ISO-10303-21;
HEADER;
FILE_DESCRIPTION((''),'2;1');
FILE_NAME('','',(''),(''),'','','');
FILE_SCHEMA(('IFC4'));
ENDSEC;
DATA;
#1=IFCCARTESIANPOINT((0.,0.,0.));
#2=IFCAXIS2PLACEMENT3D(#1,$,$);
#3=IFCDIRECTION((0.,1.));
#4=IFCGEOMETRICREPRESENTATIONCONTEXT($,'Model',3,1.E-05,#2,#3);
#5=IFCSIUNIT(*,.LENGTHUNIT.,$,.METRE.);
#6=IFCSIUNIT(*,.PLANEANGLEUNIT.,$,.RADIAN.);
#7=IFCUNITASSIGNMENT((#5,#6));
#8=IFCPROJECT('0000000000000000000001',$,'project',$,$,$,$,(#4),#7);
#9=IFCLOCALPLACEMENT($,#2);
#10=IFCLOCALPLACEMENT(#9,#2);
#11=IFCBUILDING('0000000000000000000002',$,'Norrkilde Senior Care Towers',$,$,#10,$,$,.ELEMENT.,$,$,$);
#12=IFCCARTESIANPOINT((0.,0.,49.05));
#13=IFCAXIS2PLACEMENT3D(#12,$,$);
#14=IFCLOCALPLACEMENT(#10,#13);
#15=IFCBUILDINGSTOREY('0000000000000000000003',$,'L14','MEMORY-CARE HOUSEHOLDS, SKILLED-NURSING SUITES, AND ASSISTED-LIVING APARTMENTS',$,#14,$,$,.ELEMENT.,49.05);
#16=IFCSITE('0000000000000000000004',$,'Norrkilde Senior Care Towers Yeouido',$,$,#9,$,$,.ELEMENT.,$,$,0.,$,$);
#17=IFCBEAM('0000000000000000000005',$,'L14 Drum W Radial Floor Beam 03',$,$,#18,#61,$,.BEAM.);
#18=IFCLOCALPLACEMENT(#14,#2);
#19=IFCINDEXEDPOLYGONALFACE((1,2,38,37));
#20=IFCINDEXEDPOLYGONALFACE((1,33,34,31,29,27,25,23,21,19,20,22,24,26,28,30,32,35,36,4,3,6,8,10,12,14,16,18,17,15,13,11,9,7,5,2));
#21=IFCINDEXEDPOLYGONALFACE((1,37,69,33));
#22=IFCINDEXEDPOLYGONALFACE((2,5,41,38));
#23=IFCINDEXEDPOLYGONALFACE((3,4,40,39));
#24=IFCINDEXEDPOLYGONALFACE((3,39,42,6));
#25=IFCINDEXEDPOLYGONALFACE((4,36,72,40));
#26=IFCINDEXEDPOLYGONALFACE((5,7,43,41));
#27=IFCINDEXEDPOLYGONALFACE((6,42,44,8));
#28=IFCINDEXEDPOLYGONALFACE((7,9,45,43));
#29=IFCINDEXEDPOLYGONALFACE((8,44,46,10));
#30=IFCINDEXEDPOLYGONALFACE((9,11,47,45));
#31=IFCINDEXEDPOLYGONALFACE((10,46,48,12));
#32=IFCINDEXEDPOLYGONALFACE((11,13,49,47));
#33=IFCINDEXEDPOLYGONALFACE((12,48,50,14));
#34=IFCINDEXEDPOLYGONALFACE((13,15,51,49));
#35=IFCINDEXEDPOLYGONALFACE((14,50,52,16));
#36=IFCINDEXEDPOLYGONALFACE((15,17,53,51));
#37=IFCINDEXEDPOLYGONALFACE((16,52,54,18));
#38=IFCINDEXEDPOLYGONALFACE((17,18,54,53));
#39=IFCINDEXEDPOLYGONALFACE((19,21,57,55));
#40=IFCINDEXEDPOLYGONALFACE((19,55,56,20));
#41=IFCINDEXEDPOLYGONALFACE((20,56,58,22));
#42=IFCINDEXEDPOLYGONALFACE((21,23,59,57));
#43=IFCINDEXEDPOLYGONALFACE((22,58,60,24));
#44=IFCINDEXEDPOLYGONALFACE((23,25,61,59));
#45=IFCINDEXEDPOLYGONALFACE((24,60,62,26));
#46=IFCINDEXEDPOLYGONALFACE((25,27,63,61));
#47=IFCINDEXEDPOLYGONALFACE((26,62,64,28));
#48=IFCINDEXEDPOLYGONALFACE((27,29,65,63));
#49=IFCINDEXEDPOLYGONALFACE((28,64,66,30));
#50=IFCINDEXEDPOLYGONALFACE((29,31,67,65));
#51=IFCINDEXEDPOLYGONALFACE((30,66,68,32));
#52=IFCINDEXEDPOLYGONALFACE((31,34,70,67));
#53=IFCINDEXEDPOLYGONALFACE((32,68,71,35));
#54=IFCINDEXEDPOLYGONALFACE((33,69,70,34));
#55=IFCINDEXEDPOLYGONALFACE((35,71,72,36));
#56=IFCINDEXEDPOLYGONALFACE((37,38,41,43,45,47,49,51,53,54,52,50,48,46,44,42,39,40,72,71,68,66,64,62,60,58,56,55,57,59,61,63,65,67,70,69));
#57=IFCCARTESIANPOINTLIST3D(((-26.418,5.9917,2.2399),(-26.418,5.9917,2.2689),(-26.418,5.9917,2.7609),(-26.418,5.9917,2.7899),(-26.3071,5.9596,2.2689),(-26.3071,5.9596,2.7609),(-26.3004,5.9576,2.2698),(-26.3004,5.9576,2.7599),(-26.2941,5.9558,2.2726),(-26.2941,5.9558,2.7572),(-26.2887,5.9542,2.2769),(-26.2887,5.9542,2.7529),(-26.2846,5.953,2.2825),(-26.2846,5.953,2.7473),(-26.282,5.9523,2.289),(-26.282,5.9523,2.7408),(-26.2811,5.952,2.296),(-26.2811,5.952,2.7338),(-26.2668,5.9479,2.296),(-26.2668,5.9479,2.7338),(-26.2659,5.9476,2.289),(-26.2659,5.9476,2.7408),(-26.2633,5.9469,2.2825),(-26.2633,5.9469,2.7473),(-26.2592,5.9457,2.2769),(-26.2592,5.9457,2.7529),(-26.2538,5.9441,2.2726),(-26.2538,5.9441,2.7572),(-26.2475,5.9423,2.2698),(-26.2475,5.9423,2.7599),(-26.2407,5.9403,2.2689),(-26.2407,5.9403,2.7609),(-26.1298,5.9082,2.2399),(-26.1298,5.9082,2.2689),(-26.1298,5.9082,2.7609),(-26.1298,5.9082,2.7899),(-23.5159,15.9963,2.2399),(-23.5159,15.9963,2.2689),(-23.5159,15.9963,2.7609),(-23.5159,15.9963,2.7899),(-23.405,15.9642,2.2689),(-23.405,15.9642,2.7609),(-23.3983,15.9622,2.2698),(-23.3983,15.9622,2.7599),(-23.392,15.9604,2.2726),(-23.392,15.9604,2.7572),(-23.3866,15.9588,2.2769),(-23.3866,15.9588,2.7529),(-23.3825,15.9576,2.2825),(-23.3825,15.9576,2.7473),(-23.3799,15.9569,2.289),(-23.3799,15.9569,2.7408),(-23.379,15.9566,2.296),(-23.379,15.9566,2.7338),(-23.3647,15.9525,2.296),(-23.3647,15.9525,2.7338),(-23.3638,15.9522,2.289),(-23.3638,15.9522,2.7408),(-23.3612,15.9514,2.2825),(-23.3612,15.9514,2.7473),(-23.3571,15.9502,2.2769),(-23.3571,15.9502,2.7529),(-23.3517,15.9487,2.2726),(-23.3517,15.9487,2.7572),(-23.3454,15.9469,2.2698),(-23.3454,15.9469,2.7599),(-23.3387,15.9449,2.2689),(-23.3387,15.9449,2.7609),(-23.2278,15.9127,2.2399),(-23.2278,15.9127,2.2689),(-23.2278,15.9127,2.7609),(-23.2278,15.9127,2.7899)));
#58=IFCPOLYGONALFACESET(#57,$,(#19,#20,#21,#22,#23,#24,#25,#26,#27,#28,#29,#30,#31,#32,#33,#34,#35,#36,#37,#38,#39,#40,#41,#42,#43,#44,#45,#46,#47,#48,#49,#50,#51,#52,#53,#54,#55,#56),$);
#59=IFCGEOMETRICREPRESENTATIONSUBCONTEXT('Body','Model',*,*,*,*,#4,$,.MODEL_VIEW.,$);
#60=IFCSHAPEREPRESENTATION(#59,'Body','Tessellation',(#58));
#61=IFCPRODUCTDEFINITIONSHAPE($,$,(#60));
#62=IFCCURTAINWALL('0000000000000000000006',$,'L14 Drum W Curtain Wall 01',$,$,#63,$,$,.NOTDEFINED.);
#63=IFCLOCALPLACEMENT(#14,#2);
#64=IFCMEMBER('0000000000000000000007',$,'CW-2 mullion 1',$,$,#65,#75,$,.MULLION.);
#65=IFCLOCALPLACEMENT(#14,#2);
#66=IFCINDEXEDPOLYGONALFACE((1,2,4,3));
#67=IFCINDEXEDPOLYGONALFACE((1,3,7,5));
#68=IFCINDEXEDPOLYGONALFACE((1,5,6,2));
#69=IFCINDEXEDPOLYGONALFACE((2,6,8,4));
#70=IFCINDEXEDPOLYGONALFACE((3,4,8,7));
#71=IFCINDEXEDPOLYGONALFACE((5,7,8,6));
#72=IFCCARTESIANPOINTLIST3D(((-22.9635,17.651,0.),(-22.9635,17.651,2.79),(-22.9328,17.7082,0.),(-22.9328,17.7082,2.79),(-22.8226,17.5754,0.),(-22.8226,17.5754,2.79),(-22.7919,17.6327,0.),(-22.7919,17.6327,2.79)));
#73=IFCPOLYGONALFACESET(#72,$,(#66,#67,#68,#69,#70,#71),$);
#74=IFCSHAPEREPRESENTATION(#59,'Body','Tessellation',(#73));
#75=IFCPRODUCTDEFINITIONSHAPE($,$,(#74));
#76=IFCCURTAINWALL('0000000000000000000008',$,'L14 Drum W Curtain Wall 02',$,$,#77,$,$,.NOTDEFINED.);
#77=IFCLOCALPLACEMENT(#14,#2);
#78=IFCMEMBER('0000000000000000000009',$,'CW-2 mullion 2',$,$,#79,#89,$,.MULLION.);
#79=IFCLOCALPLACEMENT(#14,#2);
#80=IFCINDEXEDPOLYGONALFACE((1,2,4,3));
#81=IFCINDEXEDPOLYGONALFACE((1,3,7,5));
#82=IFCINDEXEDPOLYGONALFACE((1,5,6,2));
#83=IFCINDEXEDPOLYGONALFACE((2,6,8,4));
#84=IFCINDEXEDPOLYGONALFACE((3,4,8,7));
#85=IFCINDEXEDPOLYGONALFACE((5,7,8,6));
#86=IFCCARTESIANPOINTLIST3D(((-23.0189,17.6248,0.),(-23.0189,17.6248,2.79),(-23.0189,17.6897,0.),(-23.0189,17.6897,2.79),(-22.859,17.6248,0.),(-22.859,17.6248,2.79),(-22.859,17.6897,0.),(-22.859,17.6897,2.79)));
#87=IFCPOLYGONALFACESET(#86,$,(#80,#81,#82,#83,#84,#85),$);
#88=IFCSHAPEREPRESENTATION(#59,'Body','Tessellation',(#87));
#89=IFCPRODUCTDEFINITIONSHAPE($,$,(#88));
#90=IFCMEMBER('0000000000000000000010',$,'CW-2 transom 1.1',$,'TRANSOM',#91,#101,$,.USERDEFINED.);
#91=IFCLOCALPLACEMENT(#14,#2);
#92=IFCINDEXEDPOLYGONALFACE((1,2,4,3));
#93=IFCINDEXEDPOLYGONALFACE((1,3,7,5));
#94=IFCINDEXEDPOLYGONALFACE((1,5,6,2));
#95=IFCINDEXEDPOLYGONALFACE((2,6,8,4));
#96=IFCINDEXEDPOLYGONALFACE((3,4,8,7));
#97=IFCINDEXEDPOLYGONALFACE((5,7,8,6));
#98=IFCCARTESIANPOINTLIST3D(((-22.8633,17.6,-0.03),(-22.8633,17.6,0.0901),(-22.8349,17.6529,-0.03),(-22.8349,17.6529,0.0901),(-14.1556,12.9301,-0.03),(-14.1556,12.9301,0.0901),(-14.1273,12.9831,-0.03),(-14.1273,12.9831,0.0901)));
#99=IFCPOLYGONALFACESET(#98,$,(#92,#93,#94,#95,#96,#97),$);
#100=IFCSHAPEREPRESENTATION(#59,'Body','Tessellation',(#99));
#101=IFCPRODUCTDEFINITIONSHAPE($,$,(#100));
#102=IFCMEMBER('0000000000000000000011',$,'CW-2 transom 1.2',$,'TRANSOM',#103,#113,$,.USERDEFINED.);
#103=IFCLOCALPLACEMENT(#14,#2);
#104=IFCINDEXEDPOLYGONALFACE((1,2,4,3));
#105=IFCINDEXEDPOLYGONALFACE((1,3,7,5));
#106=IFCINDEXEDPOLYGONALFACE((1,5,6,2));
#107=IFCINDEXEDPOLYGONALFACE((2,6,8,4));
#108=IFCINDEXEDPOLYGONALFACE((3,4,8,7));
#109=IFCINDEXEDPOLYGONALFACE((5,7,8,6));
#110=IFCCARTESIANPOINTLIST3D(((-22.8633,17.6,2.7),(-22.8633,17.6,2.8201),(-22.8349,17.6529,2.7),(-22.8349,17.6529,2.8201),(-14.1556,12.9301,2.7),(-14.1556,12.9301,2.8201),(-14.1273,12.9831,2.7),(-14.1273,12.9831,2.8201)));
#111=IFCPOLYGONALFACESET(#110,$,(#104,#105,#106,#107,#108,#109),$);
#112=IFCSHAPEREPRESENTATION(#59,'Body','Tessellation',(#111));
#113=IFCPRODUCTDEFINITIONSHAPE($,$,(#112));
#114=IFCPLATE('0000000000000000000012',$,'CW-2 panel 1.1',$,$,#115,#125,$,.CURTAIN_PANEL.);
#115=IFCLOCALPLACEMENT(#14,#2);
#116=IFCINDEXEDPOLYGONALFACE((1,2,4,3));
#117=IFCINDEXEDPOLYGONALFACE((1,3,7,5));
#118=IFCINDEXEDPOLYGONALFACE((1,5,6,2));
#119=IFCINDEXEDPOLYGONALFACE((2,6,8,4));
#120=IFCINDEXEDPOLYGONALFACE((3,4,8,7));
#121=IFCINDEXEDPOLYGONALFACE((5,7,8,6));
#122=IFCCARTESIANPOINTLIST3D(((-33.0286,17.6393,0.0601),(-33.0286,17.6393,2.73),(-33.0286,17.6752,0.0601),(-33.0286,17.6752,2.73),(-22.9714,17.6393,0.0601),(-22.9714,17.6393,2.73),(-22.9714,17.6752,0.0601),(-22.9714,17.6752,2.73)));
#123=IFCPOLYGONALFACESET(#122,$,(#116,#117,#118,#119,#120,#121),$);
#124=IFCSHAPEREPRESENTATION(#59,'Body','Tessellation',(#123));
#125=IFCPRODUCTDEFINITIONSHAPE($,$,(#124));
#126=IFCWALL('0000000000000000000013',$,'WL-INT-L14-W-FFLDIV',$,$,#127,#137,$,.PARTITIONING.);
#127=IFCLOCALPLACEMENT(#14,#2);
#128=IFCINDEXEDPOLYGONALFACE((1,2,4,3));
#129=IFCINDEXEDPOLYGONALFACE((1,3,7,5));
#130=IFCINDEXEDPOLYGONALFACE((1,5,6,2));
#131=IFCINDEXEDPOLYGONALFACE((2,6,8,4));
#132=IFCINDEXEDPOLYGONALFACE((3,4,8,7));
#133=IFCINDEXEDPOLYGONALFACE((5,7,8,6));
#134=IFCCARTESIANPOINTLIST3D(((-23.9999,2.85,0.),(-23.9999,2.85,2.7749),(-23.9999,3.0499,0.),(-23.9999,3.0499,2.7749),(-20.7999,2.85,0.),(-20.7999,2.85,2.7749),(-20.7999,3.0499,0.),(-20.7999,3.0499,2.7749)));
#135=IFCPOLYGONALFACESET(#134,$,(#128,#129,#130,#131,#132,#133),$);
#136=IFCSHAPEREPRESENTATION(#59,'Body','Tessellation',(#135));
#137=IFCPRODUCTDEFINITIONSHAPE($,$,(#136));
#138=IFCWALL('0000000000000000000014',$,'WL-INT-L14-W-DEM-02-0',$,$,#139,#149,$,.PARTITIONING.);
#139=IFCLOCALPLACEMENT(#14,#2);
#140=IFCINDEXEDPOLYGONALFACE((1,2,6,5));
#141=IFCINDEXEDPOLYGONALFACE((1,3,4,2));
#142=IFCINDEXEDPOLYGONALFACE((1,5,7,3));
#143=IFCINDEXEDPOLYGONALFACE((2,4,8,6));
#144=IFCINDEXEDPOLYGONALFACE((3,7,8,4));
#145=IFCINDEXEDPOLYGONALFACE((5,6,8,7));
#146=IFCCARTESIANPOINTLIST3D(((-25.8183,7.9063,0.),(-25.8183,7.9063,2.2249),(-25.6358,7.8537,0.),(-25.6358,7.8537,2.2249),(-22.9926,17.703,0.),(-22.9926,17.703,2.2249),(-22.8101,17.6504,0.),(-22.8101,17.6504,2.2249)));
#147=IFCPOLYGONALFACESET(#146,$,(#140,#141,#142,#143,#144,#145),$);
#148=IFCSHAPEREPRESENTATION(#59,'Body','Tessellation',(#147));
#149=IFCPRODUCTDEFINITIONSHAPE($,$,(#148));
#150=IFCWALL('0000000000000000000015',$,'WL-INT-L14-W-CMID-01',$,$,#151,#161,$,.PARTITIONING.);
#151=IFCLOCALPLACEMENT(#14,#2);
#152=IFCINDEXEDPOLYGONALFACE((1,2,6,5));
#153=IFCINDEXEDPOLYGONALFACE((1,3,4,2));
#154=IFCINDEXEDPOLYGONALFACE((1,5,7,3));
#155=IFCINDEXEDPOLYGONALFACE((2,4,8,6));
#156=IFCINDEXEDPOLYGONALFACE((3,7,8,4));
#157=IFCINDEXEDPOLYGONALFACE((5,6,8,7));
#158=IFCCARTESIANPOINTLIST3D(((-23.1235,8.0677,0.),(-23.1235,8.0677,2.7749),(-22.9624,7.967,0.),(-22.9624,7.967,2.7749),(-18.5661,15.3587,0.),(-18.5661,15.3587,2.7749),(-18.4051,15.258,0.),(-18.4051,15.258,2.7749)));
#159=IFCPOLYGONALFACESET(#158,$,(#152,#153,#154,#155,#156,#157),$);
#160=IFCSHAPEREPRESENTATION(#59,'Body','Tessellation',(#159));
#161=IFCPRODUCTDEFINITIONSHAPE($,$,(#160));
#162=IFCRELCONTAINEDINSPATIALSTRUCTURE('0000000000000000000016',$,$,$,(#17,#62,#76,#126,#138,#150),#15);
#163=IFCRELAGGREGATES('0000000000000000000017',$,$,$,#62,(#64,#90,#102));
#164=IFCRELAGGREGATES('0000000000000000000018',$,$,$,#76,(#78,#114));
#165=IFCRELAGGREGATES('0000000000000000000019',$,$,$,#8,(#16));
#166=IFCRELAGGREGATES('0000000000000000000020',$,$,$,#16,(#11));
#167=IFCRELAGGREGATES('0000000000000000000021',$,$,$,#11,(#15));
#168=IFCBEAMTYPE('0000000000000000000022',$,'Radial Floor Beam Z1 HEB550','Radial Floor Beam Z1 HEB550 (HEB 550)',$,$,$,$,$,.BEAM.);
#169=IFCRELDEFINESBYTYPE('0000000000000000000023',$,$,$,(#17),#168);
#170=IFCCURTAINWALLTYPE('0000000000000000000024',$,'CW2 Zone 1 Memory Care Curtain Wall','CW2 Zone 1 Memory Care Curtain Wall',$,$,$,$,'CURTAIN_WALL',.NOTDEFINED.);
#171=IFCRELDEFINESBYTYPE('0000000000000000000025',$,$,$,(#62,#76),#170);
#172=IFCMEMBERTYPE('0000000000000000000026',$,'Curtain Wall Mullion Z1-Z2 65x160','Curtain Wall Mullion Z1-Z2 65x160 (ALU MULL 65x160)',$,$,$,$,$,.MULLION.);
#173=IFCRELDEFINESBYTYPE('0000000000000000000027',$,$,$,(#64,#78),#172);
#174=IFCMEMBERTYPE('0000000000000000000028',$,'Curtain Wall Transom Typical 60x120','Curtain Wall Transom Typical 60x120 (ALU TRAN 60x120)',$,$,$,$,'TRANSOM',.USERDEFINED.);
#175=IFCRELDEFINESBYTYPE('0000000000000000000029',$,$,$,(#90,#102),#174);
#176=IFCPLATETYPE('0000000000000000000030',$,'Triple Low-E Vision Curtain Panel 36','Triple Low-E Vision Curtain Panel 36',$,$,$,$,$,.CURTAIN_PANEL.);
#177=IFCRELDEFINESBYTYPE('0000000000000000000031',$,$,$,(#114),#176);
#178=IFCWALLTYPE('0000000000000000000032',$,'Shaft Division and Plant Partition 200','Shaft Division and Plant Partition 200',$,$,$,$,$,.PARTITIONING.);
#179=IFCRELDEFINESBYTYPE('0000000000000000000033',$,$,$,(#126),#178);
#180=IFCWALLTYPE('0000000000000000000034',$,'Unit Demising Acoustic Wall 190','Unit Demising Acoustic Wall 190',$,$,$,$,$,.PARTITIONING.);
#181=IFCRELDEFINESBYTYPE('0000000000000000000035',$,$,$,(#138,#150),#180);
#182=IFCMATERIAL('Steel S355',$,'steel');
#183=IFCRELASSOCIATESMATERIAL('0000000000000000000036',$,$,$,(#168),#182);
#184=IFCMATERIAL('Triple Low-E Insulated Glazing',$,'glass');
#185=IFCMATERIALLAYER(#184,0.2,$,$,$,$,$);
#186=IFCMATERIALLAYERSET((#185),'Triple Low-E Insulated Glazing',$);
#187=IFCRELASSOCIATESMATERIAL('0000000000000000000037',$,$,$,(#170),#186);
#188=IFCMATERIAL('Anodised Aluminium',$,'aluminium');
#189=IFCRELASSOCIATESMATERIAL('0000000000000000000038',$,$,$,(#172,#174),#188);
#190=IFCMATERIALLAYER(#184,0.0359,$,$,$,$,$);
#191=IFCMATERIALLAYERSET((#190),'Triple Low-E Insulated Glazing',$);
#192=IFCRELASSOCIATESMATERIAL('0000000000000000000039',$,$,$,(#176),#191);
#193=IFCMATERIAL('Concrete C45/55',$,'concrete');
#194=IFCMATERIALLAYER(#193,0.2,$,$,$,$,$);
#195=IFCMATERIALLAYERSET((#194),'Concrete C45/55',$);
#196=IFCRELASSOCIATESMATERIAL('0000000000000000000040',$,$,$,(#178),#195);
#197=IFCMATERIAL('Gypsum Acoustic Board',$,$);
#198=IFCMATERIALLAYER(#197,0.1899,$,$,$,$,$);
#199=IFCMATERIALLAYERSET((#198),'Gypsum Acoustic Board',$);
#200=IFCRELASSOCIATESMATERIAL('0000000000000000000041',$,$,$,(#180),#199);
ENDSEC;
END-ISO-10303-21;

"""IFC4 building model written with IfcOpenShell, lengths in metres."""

from ifc_helpers import new_model, si_unit, direction, frame, frame_2d, origin, origin_2d, place, context, subcontext, project, spatial, rectangle, i_section, extrude, source, transform, mapped, material, layer, layer_set, material_profile, profile_set, type_object, type_shapes, element, aggregate, save


model = new_model("IFC4")

# Units and contexts
model_context = context("Model", 3, precision=1e-05, world=origin(), true_north=direction((0.0, 1.0)))
body_context = subcontext(model_context, "Body", "Model", "MODEL_VIEW")
ifc_project = project(units=[si_unit("LENGTHUNIT", "METRE"), si_unit("PLANEANGLEUNIT", "RADIAN")], contexts=[model_context])

# Site, building, storey
site_placement = place(None, origin())
site = spatial("IfcSite", under=ifc_project, at=site_placement, Name="Norrkilde Senior Care Towers Yeouido", CompositionType="ELEMENT", RefElevation=0.0)
building_placement = place(site_placement, origin())
building = spatial("IfcBuilding", under=site, at=building_placement, Name="Norrkilde Senior Care Towers", CompositionType="ELEMENT")
storey_placement = place(building_placement, frame((0.0, 0.0, 49.05)))
storey = spatial("IfcBuildingStorey", under=building, at=storey_placement, Name="L14", Description="MEMORY-CARE HOUSEHOLDS, SKILLED-NURSING SUITES, AND ASSISTED-LIVING APARTMENTS", CompositionType="ELEMENT", Elevation=49.05)

# Beam
ifc_material_1 = material(Name="Steel S355", Category="steel")
ifc_material_profile_1 = material_profile(ifc_material_1, i_section(OverallWidth=0.3, OverallDepth=0.55, WebThickness=0.0149, FlangeThickness=0.0291, FilletRadius=0.0271, at=origin_2d()), Name="HEB 550")
ifc_profile_set_1 = profile_set([ifc_material_profile_1], Name="Steel S355")
beam_type_1 = type_object("IfcBeamType", Name="Radial Floor Beam Z1 HEB550", Description="Radial Floor Beam Z1 HEB550 (HEB 550)", PredefinedType="BEAM", material=ifc_profile_set_1)
shared_shape_1 = source(origin(), body_context, "Body", "SweptSolid", [
    extrude(i_section(OverallWidth=0.3, OverallDepth=0.55, WebThickness=0.0149, FlangeThickness=0.0291, FilletRadius=0.0271, at=origin_2d()), origin(), (0.0, 0.0, 1.0), 10.417),
])
beam_1_placement = place(storey_placement, frame((-26.2739, 5.95, 2.5149), z_axis=(0.278591, 0.96041, 0.0), x_axis=(-0.96041, 0.278591, 0.0)))
element("IfcBeam", 1, at=beam_1_placement, inside=storey, type_object=beam_type_1, Name="L14 Drum W Radial Floor Beam 03", PredefinedType="BEAM", context=body_context, shape_type="MappedRepresentation", body=[
    mapped(shared_shape_1, transform((0.0, 0.0, 0.0), x_axis=(1.0, 0.0, 0.0), y_axis=(0.0, 1.0, 0.0), z_axis=(0.0, 0.0, 1.0), scale=1.0)),
])

# Curtain walls, members
ifc_material_2 = material(Name="Triple Low-E Insulated Glazing", Category="glass")
ifc_layer_1 = layer(ifc_material_2, 0.2)
ifc_layer_set_1 = layer_set([ifc_layer_1], Name="Triple Low-E Insulated Glazing")
curtain_wall_type = type_object("IfcCurtainWallType", Name="CW2 Zone 1 Memory Care Curtain Wall", Description="CW2 Zone 1 Memory Care Curtain Wall", ElementType="CURTAIN_WALL", PredefinedType="NOTDEFINED", material=ifc_layer_set_1)
curtain_wall_1_placement = place(storey_placement, origin())
curtain_wall_1 = element("IfcCurtainWall", 2, at=curtain_wall_1_placement, inside=storey, type_object=curtain_wall_type, Name="L14 Drum W Curtain Wall 01", PredefinedType="NOTDEFINED")
ifc_material_3 = material(Name="Anodised Aluminium", Category="aluminium")
ifc_material_profile_2 = material_profile(ifc_material_3, rectangle(XDim=0.0649, YDim=0.1599, at=origin_2d()), Name="ALU MULL 65x160")
ifc_profile_set_2 = profile_set([ifc_material_profile_2], Name="Anodised Aluminium")
member_type_1 = type_object("IfcMemberType", Name="Curtain Wall Mullion Z1-Z2 65x160", Description="Curtain Wall Mullion Z1-Z2 65x160 (ALU MULL 65x160)", PredefinedType="MULLION", material=ifc_profile_set_2)
shared_shape_2 = source(origin(), body_context, "Body", "SweptSolid", [
    extrude(rectangle(XDim=0.0649, YDim=0.1599, at=origin_2d()), origin(), (0.0, 0.0, 1.0), 2.79),
])
type_shapes(member_type_1, [shared_shape_2])
member_1_placement = place(storey_placement, frame((-22.8777, 17.6418, 0.0), z_axis=(0.0, 0.0, 1.0), x_axis=(0.472608, 0.881273, 0.0)))
member_1 = element("IfcMember", 3, at=member_1_placement, type_object=member_type_1, Name="CW-2 mullion 1", PredefinedType="MULLION", context=body_context, shape_type="MappedRepresentation", body=[
    mapped(shared_shape_2, transform((0.0, 0.0, 0.0), x_axis=(1.0, 0.0, 0.0), y_axis=(0.0, 1.0, 0.0), z_axis=(0.0, 0.0, 1.0), scale=1.0)),
])
curtain_wall_2_placement = place(storey_placement, origin())
curtain_wall_2 = element("IfcCurtainWall", 4, at=curtain_wall_2_placement, inside=storey, type_object=curtain_wall_type, Name="L14 Drum W Curtain Wall 02", PredefinedType="NOTDEFINED")
member_2_placement = place(storey_placement, frame((-22.939, 17.6572, 0.0), z_axis=(0.0, 0.0, 1.0), x_axis=(0.0, 1.0, 0.0)))
member_2 = element("IfcMember", 5, at=member_2_placement, type_object=member_type_1, Name="CW-2 mullion 2", PredefinedType="MULLION", context=body_context, shape_type="MappedRepresentation", body=[
    mapped(shared_shape_2, transform((0.0, 0.0, 0.0), x_axis=(1.0, 0.0, 0.0), y_axis=(0.0, 1.0, 0.0), z_axis=(0.0, 0.0, 1.0), scale=1.0)),
])

# Members
ifc_material_profile_3 = material_profile(ifc_material_3, rectangle(XDim=0.0601, YDim=0.1201, at=origin_2d()), Name="ALU TRAN 60x120")
ifc_profile_set_3 = profile_set([ifc_material_profile_3], Name="Anodised Aluminium")
member_type_2 = type_object("IfcMemberType", Name="Curtain Wall Transom Typical 60x120", Description="Curtain Wall Transom Typical 60x120 (ALU TRAN 60x120)", ElementType="TRANSOM", PredefinedType="USERDEFINED", material=ifc_profile_set_3)
shared_shape_3 = source(origin(), body_context, "Body", "SweptSolid", [
    extrude(rectangle(XDim=0.0601, YDim=0.1201, at=origin_2d()), origin(), (0.0, 0.0, 1.0), 9.8809),
])
type_shapes(member_type_2, [shared_shape_3])
member_3_placement = place(storey_placement, frame((-22.8491, 17.6265, 0.03), z_axis=(0.881267, -0.472618, 0.0), x_axis=(0.472618, 0.881267, 0.0)))
member_3 = element("IfcMember", 6, at=member_3_placement, type_object=member_type_2, Name="CW-2 transom 1.1", ObjectType="TRANSOM", PredefinedType="USERDEFINED", context=body_context, shape_type="MappedRepresentation", body=[
    mapped(shared_shape_3, transform((0.0, 0.0, 0.0), x_axis=(1.0, 0.0, 0.0), y_axis=(0.0, 1.0, 0.0), z_axis=(0.0, 0.0, 1.0), scale=1.0)),
])
member_4_placement = place(storey_placement, frame((-22.8491, 17.6265, 2.76), z_axis=(0.881267, -0.472618, 0.0), x_axis=(0.472618, 0.881267, 0.0)))
member_4 = element("IfcMember", 7, at=member_4_placement, type_object=member_type_2, Name="CW-2 transom 1.2", ObjectType="TRANSOM", PredefinedType="USERDEFINED", context=body_context, shape_type="MappedRepresentation", body=[
    mapped(shared_shape_3, transform((0.0, 0.0, 0.0), x_axis=(1.0, 0.0, 0.0), y_axis=(0.0, 1.0, 0.0), z_axis=(0.0, 0.0, 1.0), scale=1.0)),
])
aggregate(curtain_wall_1, [member_1, member_3, member_4])

# Plate
ifc_layer_2 = layer(ifc_material_2, 0.0359)
ifc_layer_set_2 = layer_set([ifc_layer_2], Name="Triple Low-E Insulated Glazing")
plate_type = type_object("IfcPlateType", Name="Triple Low-E Vision Curtain Panel 36", Description="Triple Low-E Vision Curtain Panel 36", PredefinedType="CURTAIN_PANEL", material=ifc_layer_set_2)
shared_shape_4 = source(origin(), body_context, "Body", "SweptSolid", [
    extrude(rectangle(XDim=10.0571, YDim=0.0359, at=origin_2d()), origin(), (0.0, 0.0, 1.0), 2.6699),
])
type_shapes(plate_type, [shared_shape_4])
plate_placement = place(storey_placement, frame((-28.0, 17.6572, 0.0601), z_axis=(0.0, 0.0, 1.0), x_axis=(1.0, 0.0, 0.0)))
plate = element("IfcPlate", 8, at=plate_placement, type_object=plate_type, Name="CW-2 panel 1.1", PredefinedType="CURTAIN_PANEL", context=body_context, shape_type="MappedRepresentation", body=[
    mapped(shared_shape_4, transform((0.0, 0.0, 0.0), x_axis=(1.0, 0.0, 0.0), y_axis=(0.0, 1.0, 0.0), z_axis=(0.0, 0.0, 1.0), scale=1.0)),
])
aggregate(curtain_wall_2, [member_2, plate])

# Walls
ifc_material_4 = material(Name="Concrete C45/55", Category="concrete")
ifc_layer_3 = layer(ifc_material_4, 0.2)
ifc_layer_set_3 = layer_set([ifc_layer_3], Name="Concrete C45/55")
wall_type_1 = type_object("IfcWallType", Name="Shaft Division and Plant Partition 200", Description="Shaft Division and Plant Partition 200", PredefinedType="PARTITIONING", material=ifc_layer_set_3)
shared_shape_5 = source(origin(), body_context, "Body", "SweptSolid", [
    extrude(rectangle(XDim=3.2, YDim=0.2, at=frame_2d((1.6001, 0.0))), origin(), (0.0, 0.0, 1.0), 2.7749),
])
type_shapes(wall_type_1, [shared_shape_5])
wall_1_placement = place(storey_placement, frame((-24.0, 2.95, 0.0), z_axis=(0.0, 0.0, 1.0), x_axis=(1.0, 0.0, 0.0)))
element("IfcWall", 9, at=wall_1_placement, inside=storey, type_object=wall_type_1, Name="WL-INT-L14-W-FFLDIV", PredefinedType="PARTITIONING", context=body_context, shape_type="MappedRepresentation", body=[
    mapped(shared_shape_5, transform((0.0, 0.0, 0.0), x_axis=(1.0, 0.0, 0.0), y_axis=(0.0, 1.0, 0.0), z_axis=(0.0, 0.0, 1.0), scale=1.0)),
])
ifc_material_5 = material(Name="Gypsum Acoustic Board")
ifc_layer_4 = layer(ifc_material_5, 0.1899)
ifc_layer_set_4 = layer_set([ifc_layer_4], Name="Gypsum Acoustic Board")
wall_type_2 = type_object("IfcWallType", Name="Unit Demising Acoustic Wall 190", Description="Unit Demising Acoustic Wall 190", PredefinedType="PARTITIONING", material=ifc_layer_set_4)
shared_shape_6 = source(origin(), body_context, "Body", "SweptSolid", [
    extrude(rectangle(XDim=10.196, YDim=0.1899, at=frame_2d((5.0981, 0.0))), origin(), (0.0, 0.0, 1.0), 2.2249),
])
wall_2_placement = place(storey_placement, frame((-25.7271, 7.8799, 0.0), z_axis=(0.0, 0.0, 1.0), x_axis=(0.277136, 0.960831, 0.0)))
element("IfcWall", 10, at=wall_2_placement, inside=storey, type_object=wall_type_2, Name="WL-INT-L14-W-DEM-02-0", PredefinedType="PARTITIONING", context=body_context, shape_type="MappedRepresentation", body=[
    mapped(shared_shape_6, transform((0.0, 0.0, 0.0), x_axis=(1.0, 0.0, 0.0), y_axis=(0.0, 1.0, 0.0), z_axis=(0.0, 0.0, 1.0), scale=1.0)),
])
shared_shape_7 = source(origin(), body_context, "Body", "SweptSolid", [
    extrude(rectangle(XDim=8.5981, YDim=0.1899, at=frame_2d((4.2991, 0.0))), origin(), (0.0, 0.0, 1.0), 2.7749),
])
wall_3_placement = place(storey_placement, frame((-23.043, 8.0173, 0.0), z_axis=(0.0, 0.0, 1.0), x_axis=(0.53004, 0.847973, 0.0)))
element("IfcWall", 11, at=wall_3_placement, inside=storey, type_object=wall_type_2, Name="WL-INT-L14-W-CMID-01", PredefinedType="PARTITIONING", context=body_context, shape_type="MappedRepresentation", body=[
    mapped(shared_shape_7, transform((0.0, 0.0, 0.0), x_axis=(1.0, 0.0, 0.0), y_axis=(0.0, 1.0, 0.0), z_axis=(0.0, 0.0, 1.0), scale=1.0)),
])

save(model, "model.ifc")
